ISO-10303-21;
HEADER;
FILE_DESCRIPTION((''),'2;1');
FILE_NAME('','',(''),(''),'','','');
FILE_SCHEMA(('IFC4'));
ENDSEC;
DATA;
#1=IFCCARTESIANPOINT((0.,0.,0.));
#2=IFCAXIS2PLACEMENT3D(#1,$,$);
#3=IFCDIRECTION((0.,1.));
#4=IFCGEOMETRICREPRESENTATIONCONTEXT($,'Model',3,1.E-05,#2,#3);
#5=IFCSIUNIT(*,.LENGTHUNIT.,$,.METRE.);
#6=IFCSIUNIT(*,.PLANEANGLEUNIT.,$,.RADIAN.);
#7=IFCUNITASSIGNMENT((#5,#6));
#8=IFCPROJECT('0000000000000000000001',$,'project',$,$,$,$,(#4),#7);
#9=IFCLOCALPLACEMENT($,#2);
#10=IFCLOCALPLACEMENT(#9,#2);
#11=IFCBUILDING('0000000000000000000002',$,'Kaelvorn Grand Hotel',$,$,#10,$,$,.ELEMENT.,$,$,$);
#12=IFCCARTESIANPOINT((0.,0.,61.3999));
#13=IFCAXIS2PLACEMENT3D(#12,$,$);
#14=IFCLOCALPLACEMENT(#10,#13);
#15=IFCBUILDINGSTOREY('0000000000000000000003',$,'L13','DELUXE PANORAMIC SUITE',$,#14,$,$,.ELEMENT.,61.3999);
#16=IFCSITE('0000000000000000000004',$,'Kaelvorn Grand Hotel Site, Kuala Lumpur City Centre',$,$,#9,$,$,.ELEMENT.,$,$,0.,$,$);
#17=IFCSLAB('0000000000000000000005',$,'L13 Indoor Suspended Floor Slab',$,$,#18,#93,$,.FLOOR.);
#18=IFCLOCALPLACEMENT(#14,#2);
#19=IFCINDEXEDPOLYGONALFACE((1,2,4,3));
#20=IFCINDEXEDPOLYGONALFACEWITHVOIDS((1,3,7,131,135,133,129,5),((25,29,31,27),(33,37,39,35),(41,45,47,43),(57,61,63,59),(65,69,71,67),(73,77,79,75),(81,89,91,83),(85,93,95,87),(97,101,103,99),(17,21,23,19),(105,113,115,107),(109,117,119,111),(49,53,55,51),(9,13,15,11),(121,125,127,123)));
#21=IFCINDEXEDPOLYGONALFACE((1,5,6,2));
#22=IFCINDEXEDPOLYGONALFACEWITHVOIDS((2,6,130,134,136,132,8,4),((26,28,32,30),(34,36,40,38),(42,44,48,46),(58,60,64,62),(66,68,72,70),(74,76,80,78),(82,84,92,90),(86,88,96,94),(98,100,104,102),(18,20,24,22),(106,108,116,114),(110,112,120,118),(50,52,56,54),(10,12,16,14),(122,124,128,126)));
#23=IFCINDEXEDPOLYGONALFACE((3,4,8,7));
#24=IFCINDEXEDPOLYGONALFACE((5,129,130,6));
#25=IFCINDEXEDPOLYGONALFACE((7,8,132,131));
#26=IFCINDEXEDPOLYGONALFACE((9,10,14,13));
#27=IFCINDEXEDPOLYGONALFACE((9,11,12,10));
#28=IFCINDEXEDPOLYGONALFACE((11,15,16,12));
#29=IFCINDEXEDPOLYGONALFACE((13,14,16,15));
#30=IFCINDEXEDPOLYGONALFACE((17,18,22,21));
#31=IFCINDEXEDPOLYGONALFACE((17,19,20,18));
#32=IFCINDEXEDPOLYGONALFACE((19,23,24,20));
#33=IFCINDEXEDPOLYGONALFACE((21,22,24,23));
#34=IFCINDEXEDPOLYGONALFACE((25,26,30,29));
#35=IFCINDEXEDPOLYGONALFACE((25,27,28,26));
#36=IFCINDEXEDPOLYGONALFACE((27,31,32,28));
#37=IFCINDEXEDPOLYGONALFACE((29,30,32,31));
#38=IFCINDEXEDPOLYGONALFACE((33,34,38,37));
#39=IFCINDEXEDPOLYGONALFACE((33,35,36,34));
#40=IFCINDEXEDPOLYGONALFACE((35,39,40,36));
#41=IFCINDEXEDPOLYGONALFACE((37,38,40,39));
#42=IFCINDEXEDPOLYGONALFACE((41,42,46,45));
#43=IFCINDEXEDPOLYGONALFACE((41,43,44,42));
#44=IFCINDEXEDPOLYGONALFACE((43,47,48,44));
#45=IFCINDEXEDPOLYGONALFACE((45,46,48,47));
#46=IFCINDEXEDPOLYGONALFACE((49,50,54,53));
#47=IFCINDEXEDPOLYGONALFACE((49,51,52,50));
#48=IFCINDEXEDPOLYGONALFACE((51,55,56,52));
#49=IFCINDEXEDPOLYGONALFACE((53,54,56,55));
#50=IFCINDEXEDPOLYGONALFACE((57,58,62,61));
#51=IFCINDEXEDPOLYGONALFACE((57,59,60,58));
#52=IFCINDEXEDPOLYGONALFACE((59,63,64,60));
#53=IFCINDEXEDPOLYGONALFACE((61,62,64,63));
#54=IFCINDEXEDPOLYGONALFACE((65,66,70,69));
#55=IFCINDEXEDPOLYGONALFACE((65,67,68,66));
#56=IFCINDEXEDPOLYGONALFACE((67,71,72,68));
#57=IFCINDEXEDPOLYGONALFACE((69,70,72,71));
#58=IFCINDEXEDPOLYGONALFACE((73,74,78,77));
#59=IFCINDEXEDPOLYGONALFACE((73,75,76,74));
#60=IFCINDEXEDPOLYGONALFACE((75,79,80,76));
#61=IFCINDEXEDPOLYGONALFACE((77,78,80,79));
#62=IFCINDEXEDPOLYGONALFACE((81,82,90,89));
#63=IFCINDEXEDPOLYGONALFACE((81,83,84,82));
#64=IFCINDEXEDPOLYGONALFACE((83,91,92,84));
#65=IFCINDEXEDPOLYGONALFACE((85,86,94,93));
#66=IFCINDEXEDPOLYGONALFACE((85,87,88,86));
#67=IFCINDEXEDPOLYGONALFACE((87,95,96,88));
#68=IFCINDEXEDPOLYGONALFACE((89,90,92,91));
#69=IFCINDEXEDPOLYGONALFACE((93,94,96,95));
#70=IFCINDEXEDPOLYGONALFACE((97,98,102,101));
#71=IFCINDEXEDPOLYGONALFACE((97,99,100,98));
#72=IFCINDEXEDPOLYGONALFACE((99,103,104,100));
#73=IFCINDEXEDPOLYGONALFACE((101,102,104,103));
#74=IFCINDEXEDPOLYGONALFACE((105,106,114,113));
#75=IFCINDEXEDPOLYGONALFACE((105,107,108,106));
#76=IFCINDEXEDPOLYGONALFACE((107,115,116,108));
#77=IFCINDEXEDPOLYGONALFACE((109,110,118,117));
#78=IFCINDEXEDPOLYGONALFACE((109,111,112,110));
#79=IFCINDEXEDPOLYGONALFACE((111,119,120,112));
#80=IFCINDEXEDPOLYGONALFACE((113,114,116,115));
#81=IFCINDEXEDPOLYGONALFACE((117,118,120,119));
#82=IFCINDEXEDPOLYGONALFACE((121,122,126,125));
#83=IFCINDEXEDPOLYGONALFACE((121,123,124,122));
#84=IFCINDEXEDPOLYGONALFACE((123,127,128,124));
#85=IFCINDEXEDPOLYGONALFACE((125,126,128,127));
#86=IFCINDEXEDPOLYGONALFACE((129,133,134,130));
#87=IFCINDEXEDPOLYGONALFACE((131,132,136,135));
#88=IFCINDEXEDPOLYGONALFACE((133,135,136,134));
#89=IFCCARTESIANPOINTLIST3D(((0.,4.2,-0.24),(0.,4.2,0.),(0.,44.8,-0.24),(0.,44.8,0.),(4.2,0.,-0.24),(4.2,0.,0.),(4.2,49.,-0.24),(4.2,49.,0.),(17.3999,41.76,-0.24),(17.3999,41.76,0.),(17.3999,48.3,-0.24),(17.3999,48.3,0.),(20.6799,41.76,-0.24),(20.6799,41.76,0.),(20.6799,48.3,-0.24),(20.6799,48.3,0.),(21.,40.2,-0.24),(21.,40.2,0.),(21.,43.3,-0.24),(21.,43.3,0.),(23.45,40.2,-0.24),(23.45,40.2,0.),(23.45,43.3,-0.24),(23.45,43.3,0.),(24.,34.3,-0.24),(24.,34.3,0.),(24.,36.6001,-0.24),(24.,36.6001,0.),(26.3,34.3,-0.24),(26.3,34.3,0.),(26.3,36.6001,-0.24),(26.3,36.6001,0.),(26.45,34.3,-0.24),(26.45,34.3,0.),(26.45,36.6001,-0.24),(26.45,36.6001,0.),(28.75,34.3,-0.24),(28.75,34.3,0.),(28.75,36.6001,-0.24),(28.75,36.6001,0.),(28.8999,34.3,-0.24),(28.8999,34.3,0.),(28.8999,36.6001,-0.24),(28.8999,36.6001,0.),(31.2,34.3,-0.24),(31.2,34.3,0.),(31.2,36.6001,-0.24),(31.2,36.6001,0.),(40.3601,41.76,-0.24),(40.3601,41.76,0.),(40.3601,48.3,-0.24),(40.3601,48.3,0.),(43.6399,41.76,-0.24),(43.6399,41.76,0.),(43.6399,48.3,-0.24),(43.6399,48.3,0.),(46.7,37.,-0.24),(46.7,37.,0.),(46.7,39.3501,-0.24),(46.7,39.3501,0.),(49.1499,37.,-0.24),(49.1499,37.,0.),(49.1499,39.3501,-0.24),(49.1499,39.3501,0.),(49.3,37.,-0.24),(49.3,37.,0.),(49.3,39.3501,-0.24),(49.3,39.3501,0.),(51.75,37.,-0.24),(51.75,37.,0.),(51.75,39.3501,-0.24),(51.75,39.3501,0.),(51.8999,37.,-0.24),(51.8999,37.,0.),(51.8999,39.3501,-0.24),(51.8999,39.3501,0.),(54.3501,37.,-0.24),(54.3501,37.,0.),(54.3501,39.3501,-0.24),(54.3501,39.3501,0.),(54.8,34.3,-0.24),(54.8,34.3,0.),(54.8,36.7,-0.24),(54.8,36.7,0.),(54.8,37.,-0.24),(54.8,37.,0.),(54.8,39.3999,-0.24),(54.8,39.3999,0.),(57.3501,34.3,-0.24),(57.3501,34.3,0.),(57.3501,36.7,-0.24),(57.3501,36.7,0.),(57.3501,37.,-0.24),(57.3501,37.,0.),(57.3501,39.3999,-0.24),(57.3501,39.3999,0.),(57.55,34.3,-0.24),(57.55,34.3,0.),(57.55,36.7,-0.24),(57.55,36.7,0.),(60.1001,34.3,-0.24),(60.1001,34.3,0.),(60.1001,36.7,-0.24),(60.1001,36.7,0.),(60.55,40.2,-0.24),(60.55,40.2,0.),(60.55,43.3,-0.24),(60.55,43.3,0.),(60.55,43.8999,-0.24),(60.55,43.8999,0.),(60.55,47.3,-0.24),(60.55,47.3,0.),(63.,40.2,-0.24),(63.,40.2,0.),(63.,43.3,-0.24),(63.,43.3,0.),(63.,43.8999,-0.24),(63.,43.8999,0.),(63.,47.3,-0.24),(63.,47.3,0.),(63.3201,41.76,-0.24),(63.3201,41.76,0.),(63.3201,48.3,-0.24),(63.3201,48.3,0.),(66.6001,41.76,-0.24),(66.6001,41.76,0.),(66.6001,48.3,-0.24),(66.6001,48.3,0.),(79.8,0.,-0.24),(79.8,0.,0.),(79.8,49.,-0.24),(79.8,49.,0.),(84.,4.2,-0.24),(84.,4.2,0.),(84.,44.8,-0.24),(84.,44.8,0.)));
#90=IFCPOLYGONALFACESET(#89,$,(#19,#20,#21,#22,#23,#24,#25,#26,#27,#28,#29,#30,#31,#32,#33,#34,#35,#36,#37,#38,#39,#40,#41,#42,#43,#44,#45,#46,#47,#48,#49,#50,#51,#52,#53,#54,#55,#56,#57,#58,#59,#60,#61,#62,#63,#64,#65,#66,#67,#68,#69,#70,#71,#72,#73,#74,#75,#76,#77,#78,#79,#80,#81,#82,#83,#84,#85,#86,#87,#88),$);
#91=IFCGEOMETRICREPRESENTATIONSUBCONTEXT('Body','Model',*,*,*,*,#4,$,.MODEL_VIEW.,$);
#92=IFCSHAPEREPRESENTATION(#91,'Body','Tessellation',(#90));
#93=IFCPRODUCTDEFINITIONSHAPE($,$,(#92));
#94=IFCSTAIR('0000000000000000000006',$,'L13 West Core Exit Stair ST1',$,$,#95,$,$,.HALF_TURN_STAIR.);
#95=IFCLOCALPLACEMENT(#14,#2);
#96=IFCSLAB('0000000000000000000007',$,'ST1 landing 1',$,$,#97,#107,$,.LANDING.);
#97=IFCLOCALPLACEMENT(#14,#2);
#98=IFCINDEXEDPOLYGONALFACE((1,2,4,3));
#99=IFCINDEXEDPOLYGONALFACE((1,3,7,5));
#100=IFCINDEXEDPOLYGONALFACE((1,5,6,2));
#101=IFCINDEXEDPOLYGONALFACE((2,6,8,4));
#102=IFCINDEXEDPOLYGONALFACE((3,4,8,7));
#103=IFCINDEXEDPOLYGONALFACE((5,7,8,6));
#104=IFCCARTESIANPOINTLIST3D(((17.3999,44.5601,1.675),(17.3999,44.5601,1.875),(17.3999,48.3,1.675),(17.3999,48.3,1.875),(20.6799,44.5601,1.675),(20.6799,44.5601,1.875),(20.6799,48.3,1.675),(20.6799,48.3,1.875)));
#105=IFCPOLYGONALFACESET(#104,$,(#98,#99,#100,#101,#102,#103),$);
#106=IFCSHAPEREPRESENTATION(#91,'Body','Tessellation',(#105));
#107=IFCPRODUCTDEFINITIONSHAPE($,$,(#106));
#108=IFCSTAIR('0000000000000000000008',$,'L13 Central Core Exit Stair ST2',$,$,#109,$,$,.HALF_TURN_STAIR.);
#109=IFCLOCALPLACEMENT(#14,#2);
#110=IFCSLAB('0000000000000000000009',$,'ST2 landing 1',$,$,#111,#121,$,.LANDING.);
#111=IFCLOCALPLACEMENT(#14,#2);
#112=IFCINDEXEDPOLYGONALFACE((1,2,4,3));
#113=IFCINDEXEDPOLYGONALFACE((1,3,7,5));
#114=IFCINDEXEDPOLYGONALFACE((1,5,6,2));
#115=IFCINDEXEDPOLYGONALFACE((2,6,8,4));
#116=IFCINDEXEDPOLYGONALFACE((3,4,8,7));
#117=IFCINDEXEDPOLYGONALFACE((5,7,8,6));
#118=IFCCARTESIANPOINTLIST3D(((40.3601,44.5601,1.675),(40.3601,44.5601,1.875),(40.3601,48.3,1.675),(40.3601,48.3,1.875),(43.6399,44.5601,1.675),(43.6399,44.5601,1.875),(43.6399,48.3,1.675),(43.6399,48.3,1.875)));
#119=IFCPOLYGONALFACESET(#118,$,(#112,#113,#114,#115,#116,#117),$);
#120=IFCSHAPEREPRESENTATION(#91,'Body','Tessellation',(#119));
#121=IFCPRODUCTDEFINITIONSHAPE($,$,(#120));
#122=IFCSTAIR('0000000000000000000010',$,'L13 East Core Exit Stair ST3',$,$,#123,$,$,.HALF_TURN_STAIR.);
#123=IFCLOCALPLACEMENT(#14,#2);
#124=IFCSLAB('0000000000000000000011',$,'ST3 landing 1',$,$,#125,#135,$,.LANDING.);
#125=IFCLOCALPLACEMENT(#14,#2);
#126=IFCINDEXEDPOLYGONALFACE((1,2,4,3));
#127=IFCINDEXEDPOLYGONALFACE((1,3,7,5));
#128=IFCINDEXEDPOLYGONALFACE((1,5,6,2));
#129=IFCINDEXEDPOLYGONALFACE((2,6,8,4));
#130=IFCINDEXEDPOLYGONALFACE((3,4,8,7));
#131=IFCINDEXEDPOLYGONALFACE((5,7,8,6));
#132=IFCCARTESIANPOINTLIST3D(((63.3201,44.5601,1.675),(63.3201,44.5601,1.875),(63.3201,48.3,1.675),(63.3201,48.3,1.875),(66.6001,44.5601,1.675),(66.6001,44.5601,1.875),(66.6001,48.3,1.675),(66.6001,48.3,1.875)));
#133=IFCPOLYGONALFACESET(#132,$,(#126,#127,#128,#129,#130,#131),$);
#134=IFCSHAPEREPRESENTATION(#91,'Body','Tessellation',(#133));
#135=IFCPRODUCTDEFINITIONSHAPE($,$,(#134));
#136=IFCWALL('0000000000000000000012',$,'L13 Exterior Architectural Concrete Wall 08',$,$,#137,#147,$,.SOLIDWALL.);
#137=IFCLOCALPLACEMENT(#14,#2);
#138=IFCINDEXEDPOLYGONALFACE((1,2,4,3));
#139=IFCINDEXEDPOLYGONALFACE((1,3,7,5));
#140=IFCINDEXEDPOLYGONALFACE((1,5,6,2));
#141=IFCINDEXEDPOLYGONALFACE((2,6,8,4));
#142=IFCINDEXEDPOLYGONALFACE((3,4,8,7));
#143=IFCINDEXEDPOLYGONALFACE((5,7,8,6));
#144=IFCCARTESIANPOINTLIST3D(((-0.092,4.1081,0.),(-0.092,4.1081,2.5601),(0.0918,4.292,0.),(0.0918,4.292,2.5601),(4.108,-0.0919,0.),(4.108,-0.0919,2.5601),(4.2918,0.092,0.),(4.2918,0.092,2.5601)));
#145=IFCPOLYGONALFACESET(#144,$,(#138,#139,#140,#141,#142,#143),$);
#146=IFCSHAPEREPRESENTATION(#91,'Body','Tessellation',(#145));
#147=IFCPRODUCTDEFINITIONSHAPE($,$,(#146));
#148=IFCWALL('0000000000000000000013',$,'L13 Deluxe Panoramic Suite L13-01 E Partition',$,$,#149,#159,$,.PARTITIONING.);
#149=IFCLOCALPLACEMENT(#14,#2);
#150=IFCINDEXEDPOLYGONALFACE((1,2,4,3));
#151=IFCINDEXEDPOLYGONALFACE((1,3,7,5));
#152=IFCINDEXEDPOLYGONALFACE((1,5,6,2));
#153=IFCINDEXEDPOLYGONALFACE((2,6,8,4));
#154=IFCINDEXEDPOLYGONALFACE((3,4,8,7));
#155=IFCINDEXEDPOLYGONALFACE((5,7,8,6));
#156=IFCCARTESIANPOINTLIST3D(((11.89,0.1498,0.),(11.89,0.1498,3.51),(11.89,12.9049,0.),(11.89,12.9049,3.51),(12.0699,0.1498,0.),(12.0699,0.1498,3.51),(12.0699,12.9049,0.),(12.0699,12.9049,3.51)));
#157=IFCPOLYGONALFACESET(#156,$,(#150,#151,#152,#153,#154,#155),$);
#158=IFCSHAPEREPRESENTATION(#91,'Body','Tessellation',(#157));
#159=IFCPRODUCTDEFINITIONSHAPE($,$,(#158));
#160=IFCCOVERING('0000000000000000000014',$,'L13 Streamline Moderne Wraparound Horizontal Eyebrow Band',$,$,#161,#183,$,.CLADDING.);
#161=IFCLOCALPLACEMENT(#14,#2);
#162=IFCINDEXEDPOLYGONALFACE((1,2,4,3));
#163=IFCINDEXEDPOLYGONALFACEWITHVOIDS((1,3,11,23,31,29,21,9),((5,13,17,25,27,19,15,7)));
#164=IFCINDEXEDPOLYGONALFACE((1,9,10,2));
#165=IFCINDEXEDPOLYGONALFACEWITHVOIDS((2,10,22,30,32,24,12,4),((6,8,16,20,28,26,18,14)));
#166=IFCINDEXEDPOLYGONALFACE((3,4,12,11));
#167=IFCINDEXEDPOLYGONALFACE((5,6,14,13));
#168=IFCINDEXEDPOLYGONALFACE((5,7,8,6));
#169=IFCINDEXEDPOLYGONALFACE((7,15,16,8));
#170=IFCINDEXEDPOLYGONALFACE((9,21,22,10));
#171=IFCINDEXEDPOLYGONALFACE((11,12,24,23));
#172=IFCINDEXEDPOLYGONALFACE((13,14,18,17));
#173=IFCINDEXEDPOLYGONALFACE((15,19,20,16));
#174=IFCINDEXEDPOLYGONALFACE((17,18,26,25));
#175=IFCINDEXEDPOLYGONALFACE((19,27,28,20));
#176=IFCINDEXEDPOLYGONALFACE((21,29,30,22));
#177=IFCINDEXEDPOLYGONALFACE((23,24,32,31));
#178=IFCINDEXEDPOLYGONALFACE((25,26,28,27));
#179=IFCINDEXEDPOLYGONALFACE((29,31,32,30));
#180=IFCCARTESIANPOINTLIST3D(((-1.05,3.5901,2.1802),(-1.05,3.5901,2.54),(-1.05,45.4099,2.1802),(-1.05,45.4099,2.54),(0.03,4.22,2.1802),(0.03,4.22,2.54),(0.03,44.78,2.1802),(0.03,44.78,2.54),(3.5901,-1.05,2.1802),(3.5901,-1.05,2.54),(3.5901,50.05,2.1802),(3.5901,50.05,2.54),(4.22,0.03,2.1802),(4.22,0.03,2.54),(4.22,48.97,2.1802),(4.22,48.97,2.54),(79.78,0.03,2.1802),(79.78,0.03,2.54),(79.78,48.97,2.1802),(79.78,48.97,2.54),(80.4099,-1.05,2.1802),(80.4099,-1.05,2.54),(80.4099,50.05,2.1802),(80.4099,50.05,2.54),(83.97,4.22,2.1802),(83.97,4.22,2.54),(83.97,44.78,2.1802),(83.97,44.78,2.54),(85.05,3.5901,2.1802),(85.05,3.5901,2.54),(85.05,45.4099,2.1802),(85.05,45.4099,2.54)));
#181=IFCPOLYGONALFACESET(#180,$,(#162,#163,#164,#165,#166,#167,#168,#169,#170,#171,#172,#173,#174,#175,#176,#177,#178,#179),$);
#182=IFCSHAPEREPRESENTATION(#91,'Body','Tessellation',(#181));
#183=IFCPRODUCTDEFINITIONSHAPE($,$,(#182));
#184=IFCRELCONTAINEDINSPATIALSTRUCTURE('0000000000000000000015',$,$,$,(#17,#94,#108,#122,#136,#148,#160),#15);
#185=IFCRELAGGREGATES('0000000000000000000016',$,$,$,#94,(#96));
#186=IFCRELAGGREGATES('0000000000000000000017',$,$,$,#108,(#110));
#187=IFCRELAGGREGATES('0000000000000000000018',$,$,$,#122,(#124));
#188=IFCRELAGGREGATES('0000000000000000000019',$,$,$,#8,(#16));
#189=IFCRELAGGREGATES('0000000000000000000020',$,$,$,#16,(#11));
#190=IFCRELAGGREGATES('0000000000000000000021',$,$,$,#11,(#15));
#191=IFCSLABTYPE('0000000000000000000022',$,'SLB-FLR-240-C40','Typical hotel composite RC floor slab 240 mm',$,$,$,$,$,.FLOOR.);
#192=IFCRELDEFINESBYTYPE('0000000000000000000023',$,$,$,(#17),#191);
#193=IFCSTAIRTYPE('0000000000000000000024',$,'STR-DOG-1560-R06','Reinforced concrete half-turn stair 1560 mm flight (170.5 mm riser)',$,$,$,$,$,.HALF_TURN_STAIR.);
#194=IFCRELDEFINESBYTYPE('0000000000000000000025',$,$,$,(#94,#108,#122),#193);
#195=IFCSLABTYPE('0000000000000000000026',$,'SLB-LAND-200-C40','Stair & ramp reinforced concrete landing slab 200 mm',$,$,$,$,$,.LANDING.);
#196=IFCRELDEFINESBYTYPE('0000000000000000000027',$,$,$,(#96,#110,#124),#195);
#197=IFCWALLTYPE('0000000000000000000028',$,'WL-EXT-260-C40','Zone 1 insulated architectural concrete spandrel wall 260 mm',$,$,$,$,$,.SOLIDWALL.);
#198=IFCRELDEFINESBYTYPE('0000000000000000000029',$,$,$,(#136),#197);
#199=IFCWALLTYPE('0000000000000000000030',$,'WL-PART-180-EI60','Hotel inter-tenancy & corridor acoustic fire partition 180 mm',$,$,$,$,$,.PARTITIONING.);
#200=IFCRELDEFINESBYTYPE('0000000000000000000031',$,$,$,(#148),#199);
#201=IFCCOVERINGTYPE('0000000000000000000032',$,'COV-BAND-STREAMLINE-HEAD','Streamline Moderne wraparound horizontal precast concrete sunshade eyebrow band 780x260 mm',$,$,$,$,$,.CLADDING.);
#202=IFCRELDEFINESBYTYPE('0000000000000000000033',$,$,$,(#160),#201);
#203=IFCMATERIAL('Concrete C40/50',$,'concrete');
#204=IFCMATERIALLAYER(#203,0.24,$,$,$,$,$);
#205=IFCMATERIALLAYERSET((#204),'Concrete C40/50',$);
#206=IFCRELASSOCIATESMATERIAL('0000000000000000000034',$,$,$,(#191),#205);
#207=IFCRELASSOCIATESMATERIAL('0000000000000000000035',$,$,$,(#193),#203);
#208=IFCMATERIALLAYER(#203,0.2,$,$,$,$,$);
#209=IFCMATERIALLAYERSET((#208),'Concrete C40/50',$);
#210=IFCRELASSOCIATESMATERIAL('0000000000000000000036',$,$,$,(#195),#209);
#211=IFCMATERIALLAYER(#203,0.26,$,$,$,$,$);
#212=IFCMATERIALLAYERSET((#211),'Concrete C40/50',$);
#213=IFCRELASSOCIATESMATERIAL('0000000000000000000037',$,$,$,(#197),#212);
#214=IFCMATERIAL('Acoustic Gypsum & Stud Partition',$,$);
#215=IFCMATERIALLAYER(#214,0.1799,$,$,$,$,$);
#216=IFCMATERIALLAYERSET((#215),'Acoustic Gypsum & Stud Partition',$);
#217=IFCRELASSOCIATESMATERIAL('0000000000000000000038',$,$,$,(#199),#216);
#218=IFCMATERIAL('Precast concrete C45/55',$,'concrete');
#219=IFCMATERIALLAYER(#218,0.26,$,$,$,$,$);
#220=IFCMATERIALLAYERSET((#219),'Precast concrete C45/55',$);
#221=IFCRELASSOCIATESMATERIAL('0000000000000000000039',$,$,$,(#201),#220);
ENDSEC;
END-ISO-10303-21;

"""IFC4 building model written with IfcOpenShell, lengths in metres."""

from ifc_helpers import new_model, si_unit, direction, frame, frame_2d, origin, place, context, subcontext, project, spatial, polyline, rectangle, outline, extrude, material, layer, layer_set, type_object, element, aggregate, save


model = new_model("IFC4")

# Units and contexts
model_context = context("Model", 3, precision=1e-05, world=origin(), true_north=direction((0.0, 1.0)))
body_context = subcontext(model_context, "Body", "Model", "MODEL_VIEW")
ifc_project = project(units=[si_unit("LENGTHUNIT", "METRE"), si_unit("PLANEANGLEUNIT", "RADIAN")], contexts=[model_context])

# Site, building, storey
site_placement = place(None, origin())
site = spatial("IfcSite", under=ifc_project, at=site_placement, Name="Kaelvorn Grand Hotel Site, Kuala Lumpur City Centre", CompositionType="ELEMENT", RefElevation=0.0)
building_placement = place(site_placement, origin())
building = spatial("IfcBuilding", under=site, at=building_placement, Name="Kaelvorn Grand Hotel", CompositionType="ELEMENT")
storey_placement = place(building_placement, frame((0.0, 0.0, 61.3999)))
storey = spatial("IfcBuildingStorey", under=building, at=storey_placement, Name="L13", Description="DELUXE PANORAMIC SUITE", CompositionType="ELEMENT", Elevation=61.3999)

# Shared definitions
ifc_material_1 = material(Name="Precast concrete C45/55", Category="concrete")

# Slab
ifc_material_2 = material(Name="Concrete C40/50", Category="concrete")
ifc_layer_1 = layer(ifc_material_2, 0.24)
ifc_layer_set_1 = layer_set([ifc_layer_1], Name="Concrete C40/50")
slab_type_1 = type_object("IfcSlabType", Name="SLB-FLR-240-C40", Description="Typical hotel composite RC floor slab 240 mm", PredefinedType="FLOOR", material=ifc_layer_set_1)
slab_1_placement = place(storey_placement, frame((0.0, 0.0, -0.24)))
element("IfcSlab", 1, at=slab_1_placement, inside=storey, type_object=slab_type_1, Name="L13 Indoor Suspended Floor Slab", PredefinedType="FLOOR", context=body_context, shape_type="SweptSolid", body=[
    extrude(outline(polyline([(4.2, 0.0), (79.8, 0.0), (84.0, 4.2), (84.0, 44.8), (79.8, 49.0), (4.2, 49.0), (0.0, 44.8), (0.0, 4.2), (4.2, 0.0)]), holes=[polyline([(17.3999, 41.76), (17.3999, 48.3), (20.6799, 48.3), (20.6799, 41.76), (17.3999, 41.76)]), polyline([(40.3601, 41.76), (40.3601, 48.3), (43.6399, 48.3), (43.6399, 41.76), (40.3601, 41.76)]), polyline([(63.3201, 41.76), (63.3201, 48.3), (66.6001, 48.3), (66.6001, 41.76), (63.3201, 41.76)]), polyline([(24.0, 34.3), (24.0, 36.6001), (26.3, 36.6001), (26.3, 34.3), (24.0, 34.3)]), polyline([(26.45, 34.3), (26.45, 36.6001), (28.75, 36.6001), (28.75, 34.3), (26.45, 34.3)]), polyline([(28.8999, 34.3), (28.8999, 36.6001), (31.2, 36.6001), (31.2, 34.3), (28.8999, 34.3)]), polyline([(46.7, 37.0), (46.7, 39.3501), (49.1499, 39.3501), (49.1499, 37.0), (46.7, 37.0)]), polyline([(49.3, 37.0), (49.3, 39.3501), (51.75, 39.3501), (51.75, 37.0), (49.3, 37.0)]), polyline([(51.8999, 37.0), (51.8999, 39.3501), (54.3501, 39.3501), (54.3501, 37.0), (51.8999, 37.0)]), polyline([(54.8, 34.3), (54.8, 36.7), (57.3501, 36.7), (57.3501, 34.3), (54.8, 34.3)]), polyline([(57.55, 34.3), (57.55, 36.7), (60.1001, 36.7), (60.1001, 34.3), (57.55, 34.3)]), polyline([(54.8, 37.0), (54.8, 39.3999), (57.3501, 39.3999), (57.3501, 37.0), (54.8, 37.0)]), polyline([(21.0, 40.2), (21.0, 43.3), (23.45, 43.3), (23.45, 40.2), (21.0, 40.2)]), polyline([(60.55, 40.2), (60.55, 43.3), (63.0, 43.3), (63.0, 40.2), (60.55, 40.2)]), polyline([(60.55, 43.8999), (60.55, 47.3), (63.0, 47.3), (63.0, 43.8999), (60.55, 43.8999)])]), origin(), (0.0, 0.0, 1.0), 0.24),
])

# Stairs, slabs
stair_type = type_object("IfcStairType", Name="STR-DOG-1560-R06", Description="Reinforced concrete half-turn stair 1560 mm flight (170.5 mm riser)", PredefinedType="HALF_TURN_STAIR", material=ifc_material_2)
stair_1_placement = place(storey_placement, origin())
stair_1 = element("IfcStair", 2, at=stair_1_placement, inside=storey, type_object=stair_type, Name="L13 West Core Exit Stair ST1", PredefinedType="HALF_TURN_STAIR")
ifc_layer_2 = layer(ifc_material_2, 0.2)
ifc_layer_set_2 = layer_set([ifc_layer_2], Name="Concrete C40/50")
slab_type_2 = type_object("IfcSlabType", Name="SLB-LAND-200-C40", Description="Stair & ramp reinforced concrete landing slab 200 mm", PredefinedType="LANDING", material=ifc_layer_set_2)
slab_2_placement = place(storey_placement, frame((0.0, 0.0, 1.675)))
slab_2 = element("IfcSlab", 3, at=slab_2_placement, type_object=slab_type_2, Name="ST1 landing 1", PredefinedType="LANDING", context=body_context, shape_type="SweptSolid", body=[
    extrude(outline(polyline([(20.6799, 44.5601), (20.6799, 48.3), (17.3999, 48.3), (17.3999, 44.5601), (20.6799, 44.5601)])), origin(), (0.0, 0.0, 1.0), 0.2),
])
aggregate(stair_1, [slab_2])
stair_2_placement = place(storey_placement, origin())
stair_2 = element("IfcStair", 4, at=stair_2_placement, inside=storey, type_object=stair_type, Name="L13 Central Core Exit Stair ST2", PredefinedType="HALF_TURN_STAIR")
slab_3_placement = place(storey_placement, frame((0.0, 0.0, 1.675)))
slab_3 = element("IfcSlab", 5, at=slab_3_placement, type_object=slab_type_2, Name="ST2 landing 1", PredefinedType="LANDING", context=body_context, shape_type="SweptSolid", body=[
    extrude(outline(polyline([(43.6399, 44.5601), (43.6399, 48.3), (40.3601, 48.3), (40.3601, 44.5601), (43.6399, 44.5601)])), origin(), (0.0, 0.0, 1.0), 0.2),
])
aggregate(stair_2, [slab_3])
stair_3_placement = place(storey_placement, origin())
stair_3 = element("IfcStair", 6, at=stair_3_placement, inside=storey, type_object=stair_type, Name="L13 East Core Exit Stair ST3", PredefinedType="HALF_TURN_STAIR")
slab_4_placement = place(storey_placement, frame((0.0, 0.0, 1.675)))
slab_4 = element("IfcSlab", 7, at=slab_4_placement, type_object=slab_type_2, Name="ST3 landing 1", PredefinedType="LANDING", context=body_context, shape_type="SweptSolid", body=[
    extrude(outline(polyline([(66.6001, 44.5601), (66.6001, 48.3), (63.3201, 48.3), (63.3201, 44.5601), (66.6001, 44.5601)])), origin(), (0.0, 0.0, 1.0), 0.2),
])
aggregate(stair_3, [slab_4])

# Walls
ifc_layer_3 = layer(ifc_material_2, 0.26)
ifc_layer_set_3 = layer_set([ifc_layer_3], Name="Concrete C40/50")
wall_type_1 = type_object("IfcWallType", Name="WL-EXT-260-C40", Description="Zone 1 insulated architectural concrete spandrel wall 260 mm", PredefinedType="SOLIDWALL", material=ifc_layer_set_3)
wall_1_placement = place(storey_placement, frame((0.0, 4.2, 0.0), z_axis=(0.0, 0.0, 1.0), x_axis=(0.707107, -0.707107, 0.0)))
element("IfcWall", 8, at=wall_1_placement, inside=storey, type_object=wall_type_1, Name="L13 Exterior Architectural Concrete Wall 08", PredefinedType="SOLIDWALL", context=body_context, shape_type="SweptSolid", body=[
    extrude(rectangle(XDim=5.9397, YDim=0.26, at=frame_2d((2.9697, 0.0))), origin(), (0.0, 0.0, 1.0), 2.5601),
])
ifc_material_3 = material(Name="Acoustic Gypsum & Stud Partition")
ifc_layer_4 = layer(ifc_material_3, 0.1799)
ifc_layer_set_4 = layer_set([ifc_layer_4], Name="Acoustic Gypsum & Stud Partition")
wall_type_2 = type_object("IfcWallType", Name="WL-PART-180-EI60", Description="Hotel inter-tenancy & corridor acoustic fire partition 180 mm", PredefinedType="PARTITIONING", material=ifc_layer_set_4)
wall_2_placement = place(storey_placement, frame((11.98, 0.1499, 0.0), z_axis=(0.0, 0.0, 1.0), x_axis=(0.0, 1.0, 0.0)))
element("IfcWall", 9, at=wall_2_placement, inside=storey, type_object=wall_type_2, Name="L13 Deluxe Panoramic Suite L13-01 E Partition", PredefinedType="PARTITIONING", context=body_context, shape_type="SweptSolid", body=[
    extrude(rectangle(XDim=12.7551, YDim=0.1799, at=frame_2d((6.3774, 0.0))), origin(), (0.0, 0.0, 1.0), 3.51),
])

# Covering
ifc_layer_5 = layer(ifc_material_1, 0.26)
ifc_layer_set_5 = layer_set([ifc_layer_5], Name="Precast concrete C45/55")
covering_type_1 = type_object("IfcCoveringType", Name="COV-BAND-STREAMLINE-HEAD", Description="Streamline Moderne wraparound horizontal precast concrete sunshade eyebrow band 780x260 mm", PredefinedType="CLADDING", material=ifc_layer_set_5)
covering_1_placement = place(storey_placement, frame((0.0, 0.0, 2.1802)))
element("IfcCovering", 10, at=covering_1_placement, inside=storey, type_object=covering_type_1, Name="L13 Streamline Moderne Wraparound Horizontal Eyebrow Band", PredefinedType="CLADDING", context=body_context, shape_type="SweptSolid", body=[
    extrude(outline(polyline([(3.5901, -1.05), (80.4099, -1.05), (85.05, 3.5901), (85.05, 45.4099), (80.4099, 50.05), (3.5901, 50.05), (-1.05, 45.4099), (-1.05, 3.5901), (3.5901, -1.05)]), holes=[polyline([(4.22, 0.03), (79.78, 0.03), (83.97, 4.22), (83.97, 44.78), (79.78, 48.97), (4.22, 48.97), (0.03, 44.78), (0.03, 4.22), (4.22, 0.03)])]), origin(), (0.0, 0.0, 1.0), 0.3599),
])

save(model, "model.ifc")
